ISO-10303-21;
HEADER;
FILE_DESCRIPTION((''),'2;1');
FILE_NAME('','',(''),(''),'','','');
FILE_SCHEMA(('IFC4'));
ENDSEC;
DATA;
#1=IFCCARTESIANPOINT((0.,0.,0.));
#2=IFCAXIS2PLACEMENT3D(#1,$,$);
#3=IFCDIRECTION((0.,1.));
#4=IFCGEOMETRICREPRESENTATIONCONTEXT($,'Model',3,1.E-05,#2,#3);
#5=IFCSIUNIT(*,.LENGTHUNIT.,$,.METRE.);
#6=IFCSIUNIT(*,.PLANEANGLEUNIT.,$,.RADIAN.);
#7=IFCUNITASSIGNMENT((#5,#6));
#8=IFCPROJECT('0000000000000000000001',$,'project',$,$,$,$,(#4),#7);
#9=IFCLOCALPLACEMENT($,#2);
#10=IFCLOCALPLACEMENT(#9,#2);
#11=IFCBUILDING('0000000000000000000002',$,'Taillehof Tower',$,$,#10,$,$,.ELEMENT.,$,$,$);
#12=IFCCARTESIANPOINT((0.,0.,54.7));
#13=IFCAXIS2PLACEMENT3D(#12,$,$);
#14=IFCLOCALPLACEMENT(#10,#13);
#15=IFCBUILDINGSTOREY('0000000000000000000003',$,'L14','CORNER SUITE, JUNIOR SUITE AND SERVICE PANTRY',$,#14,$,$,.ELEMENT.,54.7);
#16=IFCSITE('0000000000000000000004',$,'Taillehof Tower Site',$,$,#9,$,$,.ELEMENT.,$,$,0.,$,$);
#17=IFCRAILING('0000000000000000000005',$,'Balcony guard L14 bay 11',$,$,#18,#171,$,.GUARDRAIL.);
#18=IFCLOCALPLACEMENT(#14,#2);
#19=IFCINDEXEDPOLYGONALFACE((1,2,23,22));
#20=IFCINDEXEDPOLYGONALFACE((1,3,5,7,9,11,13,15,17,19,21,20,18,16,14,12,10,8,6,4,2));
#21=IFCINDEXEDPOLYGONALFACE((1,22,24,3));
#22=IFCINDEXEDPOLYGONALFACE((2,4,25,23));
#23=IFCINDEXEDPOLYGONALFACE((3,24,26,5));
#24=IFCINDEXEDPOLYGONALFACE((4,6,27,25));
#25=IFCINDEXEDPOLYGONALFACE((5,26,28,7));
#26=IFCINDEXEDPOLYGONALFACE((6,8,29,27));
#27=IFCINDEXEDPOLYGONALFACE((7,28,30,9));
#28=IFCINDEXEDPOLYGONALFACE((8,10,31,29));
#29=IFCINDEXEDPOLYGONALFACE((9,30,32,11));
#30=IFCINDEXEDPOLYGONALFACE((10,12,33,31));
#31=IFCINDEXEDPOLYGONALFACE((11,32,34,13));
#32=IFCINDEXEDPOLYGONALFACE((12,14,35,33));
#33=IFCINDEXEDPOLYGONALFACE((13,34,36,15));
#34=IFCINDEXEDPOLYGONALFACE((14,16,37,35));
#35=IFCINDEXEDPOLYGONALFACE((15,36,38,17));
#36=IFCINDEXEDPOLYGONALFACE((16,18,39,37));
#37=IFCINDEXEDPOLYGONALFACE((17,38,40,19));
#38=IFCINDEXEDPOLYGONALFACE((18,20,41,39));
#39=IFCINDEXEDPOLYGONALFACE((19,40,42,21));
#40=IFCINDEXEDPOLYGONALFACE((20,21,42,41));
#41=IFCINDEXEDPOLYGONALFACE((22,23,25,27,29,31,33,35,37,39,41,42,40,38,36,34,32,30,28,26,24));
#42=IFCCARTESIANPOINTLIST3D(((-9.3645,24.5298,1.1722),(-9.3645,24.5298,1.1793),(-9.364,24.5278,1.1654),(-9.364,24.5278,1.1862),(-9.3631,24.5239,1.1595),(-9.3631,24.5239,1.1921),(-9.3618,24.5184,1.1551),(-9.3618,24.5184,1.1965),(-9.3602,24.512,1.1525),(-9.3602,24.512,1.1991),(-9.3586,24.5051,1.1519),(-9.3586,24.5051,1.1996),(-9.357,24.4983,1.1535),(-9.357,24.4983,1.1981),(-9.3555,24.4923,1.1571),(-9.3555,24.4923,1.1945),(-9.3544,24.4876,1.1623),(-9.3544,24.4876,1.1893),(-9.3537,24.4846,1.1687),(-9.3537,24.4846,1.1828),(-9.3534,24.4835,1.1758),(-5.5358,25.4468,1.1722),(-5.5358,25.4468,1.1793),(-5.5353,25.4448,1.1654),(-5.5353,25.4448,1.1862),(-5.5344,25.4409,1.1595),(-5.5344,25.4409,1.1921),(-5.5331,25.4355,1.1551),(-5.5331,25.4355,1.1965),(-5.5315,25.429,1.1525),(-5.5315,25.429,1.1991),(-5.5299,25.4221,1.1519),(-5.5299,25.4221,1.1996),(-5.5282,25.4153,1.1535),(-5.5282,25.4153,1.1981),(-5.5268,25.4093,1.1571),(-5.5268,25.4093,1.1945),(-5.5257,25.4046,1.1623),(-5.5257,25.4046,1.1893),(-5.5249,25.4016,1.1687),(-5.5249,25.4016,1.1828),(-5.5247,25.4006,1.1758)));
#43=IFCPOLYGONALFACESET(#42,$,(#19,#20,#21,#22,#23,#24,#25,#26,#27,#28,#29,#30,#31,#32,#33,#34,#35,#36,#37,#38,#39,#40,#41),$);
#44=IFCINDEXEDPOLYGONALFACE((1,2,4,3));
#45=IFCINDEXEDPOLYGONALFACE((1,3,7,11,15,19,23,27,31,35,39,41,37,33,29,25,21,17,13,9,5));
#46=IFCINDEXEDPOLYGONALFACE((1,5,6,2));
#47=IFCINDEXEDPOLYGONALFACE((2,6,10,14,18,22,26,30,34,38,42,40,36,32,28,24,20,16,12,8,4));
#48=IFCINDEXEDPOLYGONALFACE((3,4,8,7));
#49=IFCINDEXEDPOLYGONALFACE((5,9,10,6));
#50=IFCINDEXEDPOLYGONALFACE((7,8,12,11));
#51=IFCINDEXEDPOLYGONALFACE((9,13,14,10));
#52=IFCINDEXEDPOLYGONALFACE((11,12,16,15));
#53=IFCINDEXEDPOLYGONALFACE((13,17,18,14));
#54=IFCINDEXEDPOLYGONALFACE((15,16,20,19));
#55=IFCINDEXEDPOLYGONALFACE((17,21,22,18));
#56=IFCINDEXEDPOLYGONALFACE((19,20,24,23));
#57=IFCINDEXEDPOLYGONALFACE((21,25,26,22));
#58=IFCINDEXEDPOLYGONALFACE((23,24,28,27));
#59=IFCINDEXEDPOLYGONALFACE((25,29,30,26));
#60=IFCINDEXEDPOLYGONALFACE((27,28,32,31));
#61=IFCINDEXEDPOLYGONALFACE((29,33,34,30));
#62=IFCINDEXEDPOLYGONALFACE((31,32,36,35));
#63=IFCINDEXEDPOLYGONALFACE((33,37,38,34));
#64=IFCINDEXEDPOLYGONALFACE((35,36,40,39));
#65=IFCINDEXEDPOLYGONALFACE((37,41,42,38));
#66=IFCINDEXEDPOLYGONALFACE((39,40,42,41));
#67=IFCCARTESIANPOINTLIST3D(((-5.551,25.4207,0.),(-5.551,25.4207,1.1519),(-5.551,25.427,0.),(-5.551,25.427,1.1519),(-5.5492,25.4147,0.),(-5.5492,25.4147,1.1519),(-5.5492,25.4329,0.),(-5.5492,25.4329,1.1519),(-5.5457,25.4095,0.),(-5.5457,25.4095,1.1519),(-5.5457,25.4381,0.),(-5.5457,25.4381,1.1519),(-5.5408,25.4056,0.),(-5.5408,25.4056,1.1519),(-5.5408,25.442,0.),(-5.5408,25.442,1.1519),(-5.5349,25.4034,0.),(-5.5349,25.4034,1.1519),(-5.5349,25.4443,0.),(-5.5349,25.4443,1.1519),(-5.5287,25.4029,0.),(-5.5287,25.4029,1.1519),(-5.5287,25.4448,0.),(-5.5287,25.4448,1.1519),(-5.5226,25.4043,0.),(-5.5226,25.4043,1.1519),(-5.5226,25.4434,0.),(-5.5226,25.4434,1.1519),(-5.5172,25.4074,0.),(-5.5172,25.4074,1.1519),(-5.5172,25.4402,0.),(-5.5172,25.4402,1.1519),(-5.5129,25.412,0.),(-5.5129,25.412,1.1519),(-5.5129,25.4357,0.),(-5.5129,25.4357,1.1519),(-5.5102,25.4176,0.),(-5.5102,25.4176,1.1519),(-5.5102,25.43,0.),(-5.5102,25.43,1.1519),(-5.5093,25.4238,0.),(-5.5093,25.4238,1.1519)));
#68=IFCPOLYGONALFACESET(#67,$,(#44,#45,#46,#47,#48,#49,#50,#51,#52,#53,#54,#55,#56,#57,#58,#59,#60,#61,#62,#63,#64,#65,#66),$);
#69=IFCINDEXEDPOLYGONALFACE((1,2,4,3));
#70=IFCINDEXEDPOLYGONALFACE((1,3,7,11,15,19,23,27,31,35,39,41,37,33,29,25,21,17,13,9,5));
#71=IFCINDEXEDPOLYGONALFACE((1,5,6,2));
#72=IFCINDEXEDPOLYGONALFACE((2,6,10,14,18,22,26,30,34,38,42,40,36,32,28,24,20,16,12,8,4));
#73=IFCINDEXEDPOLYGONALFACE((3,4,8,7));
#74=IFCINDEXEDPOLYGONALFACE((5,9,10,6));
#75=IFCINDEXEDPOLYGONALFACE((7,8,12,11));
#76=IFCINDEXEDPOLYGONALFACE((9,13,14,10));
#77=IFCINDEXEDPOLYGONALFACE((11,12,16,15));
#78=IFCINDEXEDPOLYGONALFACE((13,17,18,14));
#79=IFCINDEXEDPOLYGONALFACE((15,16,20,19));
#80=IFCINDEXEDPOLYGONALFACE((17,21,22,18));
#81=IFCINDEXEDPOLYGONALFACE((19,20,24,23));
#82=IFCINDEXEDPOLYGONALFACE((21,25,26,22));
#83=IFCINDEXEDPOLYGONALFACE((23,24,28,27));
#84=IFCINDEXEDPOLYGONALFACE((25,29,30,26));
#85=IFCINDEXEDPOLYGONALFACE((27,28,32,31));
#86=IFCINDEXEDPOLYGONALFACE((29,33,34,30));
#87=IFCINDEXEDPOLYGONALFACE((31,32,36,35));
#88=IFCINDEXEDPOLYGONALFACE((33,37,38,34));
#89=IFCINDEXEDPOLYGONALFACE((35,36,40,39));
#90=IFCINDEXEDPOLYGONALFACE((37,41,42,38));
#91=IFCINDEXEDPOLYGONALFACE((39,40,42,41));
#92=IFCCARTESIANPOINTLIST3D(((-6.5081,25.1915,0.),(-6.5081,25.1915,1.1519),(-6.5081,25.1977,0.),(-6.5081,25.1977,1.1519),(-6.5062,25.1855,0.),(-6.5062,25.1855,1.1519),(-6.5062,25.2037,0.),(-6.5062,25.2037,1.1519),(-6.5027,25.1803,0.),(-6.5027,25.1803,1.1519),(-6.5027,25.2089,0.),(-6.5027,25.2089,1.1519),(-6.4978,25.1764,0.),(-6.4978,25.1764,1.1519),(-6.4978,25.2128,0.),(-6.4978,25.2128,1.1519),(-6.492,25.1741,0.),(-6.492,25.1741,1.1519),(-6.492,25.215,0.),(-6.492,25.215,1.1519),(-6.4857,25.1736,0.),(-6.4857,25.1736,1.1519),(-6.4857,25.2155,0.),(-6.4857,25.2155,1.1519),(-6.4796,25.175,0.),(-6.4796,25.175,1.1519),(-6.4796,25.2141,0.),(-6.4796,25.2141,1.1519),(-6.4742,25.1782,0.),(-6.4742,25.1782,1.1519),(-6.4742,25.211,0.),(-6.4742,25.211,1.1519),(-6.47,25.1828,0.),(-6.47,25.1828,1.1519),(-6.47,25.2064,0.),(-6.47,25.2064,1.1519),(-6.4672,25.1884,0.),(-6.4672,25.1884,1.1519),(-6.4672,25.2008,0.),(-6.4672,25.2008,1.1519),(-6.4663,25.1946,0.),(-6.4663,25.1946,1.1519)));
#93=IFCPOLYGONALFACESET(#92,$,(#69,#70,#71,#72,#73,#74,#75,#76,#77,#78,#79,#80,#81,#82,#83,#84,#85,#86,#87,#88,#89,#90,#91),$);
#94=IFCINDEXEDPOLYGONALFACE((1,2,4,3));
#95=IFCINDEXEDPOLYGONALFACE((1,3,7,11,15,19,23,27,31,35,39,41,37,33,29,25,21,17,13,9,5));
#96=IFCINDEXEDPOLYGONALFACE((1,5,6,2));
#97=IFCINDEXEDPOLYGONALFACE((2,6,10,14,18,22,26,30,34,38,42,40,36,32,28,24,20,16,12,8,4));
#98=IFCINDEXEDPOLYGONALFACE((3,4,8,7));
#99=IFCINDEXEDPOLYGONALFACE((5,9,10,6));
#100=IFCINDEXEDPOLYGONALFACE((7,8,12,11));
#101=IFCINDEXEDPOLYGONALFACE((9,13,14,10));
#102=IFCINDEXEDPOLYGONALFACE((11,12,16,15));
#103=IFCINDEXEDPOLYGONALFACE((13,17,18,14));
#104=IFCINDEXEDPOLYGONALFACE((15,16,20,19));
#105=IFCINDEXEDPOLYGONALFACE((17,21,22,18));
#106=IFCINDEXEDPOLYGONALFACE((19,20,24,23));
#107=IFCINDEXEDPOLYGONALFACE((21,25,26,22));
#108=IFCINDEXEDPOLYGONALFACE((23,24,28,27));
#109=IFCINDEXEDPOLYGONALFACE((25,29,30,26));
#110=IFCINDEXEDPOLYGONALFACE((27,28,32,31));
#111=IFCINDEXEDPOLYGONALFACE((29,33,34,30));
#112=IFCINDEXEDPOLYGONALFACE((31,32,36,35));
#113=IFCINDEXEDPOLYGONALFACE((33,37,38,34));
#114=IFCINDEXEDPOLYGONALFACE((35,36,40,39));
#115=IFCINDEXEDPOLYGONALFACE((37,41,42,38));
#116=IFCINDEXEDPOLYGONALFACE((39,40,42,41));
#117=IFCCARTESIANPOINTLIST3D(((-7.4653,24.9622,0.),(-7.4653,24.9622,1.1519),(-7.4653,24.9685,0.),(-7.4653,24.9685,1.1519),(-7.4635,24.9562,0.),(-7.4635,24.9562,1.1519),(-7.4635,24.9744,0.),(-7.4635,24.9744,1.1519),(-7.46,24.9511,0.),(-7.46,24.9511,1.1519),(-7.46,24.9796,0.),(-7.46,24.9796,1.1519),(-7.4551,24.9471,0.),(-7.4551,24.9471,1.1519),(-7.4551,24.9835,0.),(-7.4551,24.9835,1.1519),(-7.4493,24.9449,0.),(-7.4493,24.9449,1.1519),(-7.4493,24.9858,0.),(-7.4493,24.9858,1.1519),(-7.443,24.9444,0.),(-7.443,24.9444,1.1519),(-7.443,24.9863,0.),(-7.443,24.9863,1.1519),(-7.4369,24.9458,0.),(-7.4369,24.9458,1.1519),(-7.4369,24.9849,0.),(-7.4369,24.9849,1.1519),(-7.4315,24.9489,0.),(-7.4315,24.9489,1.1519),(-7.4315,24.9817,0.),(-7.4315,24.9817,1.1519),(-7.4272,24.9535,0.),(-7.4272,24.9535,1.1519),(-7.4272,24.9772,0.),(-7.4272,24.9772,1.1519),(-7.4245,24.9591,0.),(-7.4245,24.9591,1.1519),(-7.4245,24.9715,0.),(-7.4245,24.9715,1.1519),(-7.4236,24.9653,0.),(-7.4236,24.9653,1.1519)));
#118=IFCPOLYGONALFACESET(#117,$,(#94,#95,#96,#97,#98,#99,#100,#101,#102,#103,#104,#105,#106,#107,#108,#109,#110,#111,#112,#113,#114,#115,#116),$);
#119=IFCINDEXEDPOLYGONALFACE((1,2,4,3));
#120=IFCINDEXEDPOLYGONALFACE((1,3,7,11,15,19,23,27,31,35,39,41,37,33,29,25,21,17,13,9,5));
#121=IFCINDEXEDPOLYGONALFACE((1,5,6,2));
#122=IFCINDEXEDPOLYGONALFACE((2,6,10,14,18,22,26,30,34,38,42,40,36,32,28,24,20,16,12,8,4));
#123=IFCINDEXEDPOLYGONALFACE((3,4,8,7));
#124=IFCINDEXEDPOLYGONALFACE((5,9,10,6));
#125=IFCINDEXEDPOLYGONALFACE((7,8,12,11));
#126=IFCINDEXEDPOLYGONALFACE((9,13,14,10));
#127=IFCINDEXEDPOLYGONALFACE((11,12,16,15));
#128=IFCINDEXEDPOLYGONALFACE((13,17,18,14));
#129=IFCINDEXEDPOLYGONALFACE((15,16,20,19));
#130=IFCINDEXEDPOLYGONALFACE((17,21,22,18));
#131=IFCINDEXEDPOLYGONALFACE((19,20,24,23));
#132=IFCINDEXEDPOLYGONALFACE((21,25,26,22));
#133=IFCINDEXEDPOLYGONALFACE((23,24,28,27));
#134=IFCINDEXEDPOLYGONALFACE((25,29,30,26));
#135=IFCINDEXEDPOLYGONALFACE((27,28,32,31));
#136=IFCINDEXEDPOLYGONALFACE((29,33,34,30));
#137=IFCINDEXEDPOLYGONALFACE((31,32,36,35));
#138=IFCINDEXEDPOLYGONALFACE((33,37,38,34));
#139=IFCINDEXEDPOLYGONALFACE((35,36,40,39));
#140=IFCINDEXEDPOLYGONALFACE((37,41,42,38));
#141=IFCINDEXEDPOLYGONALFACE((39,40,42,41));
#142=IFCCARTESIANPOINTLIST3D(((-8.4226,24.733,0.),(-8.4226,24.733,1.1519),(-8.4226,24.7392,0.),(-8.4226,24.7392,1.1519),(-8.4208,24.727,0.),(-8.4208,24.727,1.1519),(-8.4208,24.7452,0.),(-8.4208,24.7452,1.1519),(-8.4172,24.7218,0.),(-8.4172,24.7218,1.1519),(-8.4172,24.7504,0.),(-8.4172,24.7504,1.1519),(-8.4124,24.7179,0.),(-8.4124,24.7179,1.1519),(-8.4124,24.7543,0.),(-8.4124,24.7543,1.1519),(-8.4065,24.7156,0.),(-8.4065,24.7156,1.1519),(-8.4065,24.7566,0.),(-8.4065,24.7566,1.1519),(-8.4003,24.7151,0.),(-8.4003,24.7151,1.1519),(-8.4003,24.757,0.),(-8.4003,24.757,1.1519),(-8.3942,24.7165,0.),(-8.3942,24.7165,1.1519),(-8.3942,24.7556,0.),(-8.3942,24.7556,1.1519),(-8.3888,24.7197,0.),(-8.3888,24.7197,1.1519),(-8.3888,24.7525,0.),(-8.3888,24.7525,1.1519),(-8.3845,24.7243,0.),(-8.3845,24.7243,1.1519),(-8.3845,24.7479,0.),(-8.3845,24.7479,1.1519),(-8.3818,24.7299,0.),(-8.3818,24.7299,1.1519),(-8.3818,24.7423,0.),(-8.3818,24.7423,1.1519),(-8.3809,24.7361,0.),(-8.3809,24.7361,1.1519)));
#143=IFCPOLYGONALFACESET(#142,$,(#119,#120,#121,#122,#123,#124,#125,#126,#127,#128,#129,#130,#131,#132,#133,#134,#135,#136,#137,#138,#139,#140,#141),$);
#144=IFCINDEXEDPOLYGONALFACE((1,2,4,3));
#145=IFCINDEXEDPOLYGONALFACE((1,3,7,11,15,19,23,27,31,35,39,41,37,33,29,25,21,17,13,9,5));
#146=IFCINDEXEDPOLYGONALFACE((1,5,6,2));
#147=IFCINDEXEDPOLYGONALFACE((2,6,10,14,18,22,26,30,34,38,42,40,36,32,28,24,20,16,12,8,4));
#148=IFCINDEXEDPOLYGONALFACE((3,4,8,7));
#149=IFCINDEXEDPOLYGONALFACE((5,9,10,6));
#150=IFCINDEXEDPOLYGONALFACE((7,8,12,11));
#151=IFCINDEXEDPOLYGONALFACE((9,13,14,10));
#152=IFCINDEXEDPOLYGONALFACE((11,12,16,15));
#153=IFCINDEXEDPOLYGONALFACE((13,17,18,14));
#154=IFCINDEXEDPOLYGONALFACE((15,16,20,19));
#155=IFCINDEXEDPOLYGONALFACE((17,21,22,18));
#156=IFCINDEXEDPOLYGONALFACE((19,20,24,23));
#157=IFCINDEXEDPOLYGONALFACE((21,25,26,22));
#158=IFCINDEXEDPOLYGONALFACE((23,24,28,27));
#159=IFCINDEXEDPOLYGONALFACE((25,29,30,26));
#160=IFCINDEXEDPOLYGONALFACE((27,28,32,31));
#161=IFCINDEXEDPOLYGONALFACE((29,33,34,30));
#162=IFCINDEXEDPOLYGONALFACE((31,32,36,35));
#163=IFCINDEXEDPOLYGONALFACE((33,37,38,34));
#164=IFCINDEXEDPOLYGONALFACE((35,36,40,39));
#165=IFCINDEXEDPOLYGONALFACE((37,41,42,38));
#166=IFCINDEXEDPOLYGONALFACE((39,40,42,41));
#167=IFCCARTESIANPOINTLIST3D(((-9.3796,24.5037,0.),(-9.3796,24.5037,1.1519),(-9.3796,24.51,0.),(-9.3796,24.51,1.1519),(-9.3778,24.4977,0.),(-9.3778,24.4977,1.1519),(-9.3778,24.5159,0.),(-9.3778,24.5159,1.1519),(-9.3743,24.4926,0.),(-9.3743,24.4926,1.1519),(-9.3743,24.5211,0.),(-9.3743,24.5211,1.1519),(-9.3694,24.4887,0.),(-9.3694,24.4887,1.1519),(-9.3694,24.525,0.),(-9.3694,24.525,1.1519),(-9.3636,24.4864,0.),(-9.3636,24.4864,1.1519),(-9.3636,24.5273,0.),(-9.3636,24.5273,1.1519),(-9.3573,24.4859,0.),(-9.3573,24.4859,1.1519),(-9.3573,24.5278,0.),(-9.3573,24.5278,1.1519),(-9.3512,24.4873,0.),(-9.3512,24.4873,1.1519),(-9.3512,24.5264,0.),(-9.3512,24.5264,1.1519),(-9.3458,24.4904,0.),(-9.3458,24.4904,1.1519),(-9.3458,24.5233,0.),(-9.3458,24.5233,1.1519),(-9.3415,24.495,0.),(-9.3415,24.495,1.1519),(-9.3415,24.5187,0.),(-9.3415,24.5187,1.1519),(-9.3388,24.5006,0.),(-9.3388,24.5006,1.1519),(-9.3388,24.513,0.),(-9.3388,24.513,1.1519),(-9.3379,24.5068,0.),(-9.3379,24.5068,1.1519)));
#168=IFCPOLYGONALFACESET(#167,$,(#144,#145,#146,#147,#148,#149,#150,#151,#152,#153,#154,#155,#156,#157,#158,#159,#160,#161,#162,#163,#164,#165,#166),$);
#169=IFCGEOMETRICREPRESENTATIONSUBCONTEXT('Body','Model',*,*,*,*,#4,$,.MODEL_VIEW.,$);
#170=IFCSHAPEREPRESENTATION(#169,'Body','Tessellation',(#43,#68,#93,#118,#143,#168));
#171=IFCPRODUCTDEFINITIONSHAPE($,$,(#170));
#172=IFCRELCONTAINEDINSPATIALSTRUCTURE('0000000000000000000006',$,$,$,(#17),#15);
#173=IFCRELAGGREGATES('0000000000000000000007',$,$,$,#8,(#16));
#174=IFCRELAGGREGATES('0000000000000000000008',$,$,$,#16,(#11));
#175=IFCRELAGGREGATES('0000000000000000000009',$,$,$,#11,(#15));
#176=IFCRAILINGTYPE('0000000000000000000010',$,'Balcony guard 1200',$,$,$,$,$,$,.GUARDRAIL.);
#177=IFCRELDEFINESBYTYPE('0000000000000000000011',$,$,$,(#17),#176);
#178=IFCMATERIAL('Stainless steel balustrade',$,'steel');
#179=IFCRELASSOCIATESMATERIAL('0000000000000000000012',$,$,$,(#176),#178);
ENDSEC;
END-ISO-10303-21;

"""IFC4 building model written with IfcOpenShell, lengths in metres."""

from ifc_helpers import new_model, si_unit, direction, frame, origin, origin_2d, place, context, subcontext, project, spatial, circle, extrude, material, type_object, element, save


model = new_model("IFC4")

# Units and contexts
model_context = context("Model", 3, precision=1e-05, world=origin(), true_north=direction((0.0, 1.0)))
body_context = subcontext(model_context, "Body", "Model", "MODEL_VIEW")
ifc_project = project(units=[si_unit("LENGTHUNIT", "METRE"), si_unit("PLANEANGLEUNIT", "RADIAN")], contexts=[model_context])

# Site, building, storey
site_placement = place(None, origin())
site = spatial("IfcSite", under=ifc_project, at=site_placement, Name="Taillehof Tower Site", CompositionType="ELEMENT", RefElevation=0.0)
building_placement = place(site_placement, origin())
building = spatial("IfcBuilding", under=site, at=building_placement, Name="Taillehof Tower", CompositionType="ELEMENT")
storey_placement = place(building_placement, frame((0.0, 0.0, 54.7)))
storey = spatial("IfcBuildingStorey", under=building, at=storey_placement, Name="L14", Description="CORNER SUITE, JUNIOR SUITE AND SERVICE PANTRY", CompositionType="ELEMENT", Elevation=54.7)

# Railing
ifc_material_1 = material(Name="Stainless steel balustrade", Category="steel")
railing_type = type_object("IfcRailingType", Name="Balcony guard 1200", PredefinedType="GUARDRAIL", material=ifc_material_1)
railing_placement = place(storey_placement, frame((-5.5303, 25.4238, 0.0)))
element("IfcRailing", 1, at=railing_placement, inside=storey, type_object=railing_type, Name="Balcony guard L14 bay 11", PredefinedType="GUARDRAIL", context=body_context, shape_type="SweptSolid", body=[
    extrude(circle(Radius=0.0239, at=origin_2d()), frame((0.0, 0.0, 1.1758), z_axis=(-0.972495, -0.232923, 0.0), x_axis=(0.232923, -0.972495, 0.0)), (0.0, 0.0, 1.0), 3.937),
    extrude(circle(Radius=0.021, at=origin_2d()), origin(), (0.0, 0.0, 1.0), 1.1519),
    extrude(circle(Radius=0.021, at=origin_2d()), frame((-0.957, -0.2292, 0.0)), (0.0, 0.0, 1.0), 1.1519),
    extrude(circle(Radius=0.021, at=origin_2d()), frame((-1.9143, -0.4585, 0.0)), (0.0, 0.0, 1.0), 1.1519),
    extrude(circle(Radius=0.021, at=origin_2d()), frame((-2.8716, -0.6877, 0.0)), (0.0, 0.0, 1.0), 1.1519),
    extrude(circle(Radius=0.021, at=origin_2d()), frame((-3.8286, -0.917, 0.0)), (0.0, 0.0, 1.0), 1.1519),
])

save(model, "model.ifc")
